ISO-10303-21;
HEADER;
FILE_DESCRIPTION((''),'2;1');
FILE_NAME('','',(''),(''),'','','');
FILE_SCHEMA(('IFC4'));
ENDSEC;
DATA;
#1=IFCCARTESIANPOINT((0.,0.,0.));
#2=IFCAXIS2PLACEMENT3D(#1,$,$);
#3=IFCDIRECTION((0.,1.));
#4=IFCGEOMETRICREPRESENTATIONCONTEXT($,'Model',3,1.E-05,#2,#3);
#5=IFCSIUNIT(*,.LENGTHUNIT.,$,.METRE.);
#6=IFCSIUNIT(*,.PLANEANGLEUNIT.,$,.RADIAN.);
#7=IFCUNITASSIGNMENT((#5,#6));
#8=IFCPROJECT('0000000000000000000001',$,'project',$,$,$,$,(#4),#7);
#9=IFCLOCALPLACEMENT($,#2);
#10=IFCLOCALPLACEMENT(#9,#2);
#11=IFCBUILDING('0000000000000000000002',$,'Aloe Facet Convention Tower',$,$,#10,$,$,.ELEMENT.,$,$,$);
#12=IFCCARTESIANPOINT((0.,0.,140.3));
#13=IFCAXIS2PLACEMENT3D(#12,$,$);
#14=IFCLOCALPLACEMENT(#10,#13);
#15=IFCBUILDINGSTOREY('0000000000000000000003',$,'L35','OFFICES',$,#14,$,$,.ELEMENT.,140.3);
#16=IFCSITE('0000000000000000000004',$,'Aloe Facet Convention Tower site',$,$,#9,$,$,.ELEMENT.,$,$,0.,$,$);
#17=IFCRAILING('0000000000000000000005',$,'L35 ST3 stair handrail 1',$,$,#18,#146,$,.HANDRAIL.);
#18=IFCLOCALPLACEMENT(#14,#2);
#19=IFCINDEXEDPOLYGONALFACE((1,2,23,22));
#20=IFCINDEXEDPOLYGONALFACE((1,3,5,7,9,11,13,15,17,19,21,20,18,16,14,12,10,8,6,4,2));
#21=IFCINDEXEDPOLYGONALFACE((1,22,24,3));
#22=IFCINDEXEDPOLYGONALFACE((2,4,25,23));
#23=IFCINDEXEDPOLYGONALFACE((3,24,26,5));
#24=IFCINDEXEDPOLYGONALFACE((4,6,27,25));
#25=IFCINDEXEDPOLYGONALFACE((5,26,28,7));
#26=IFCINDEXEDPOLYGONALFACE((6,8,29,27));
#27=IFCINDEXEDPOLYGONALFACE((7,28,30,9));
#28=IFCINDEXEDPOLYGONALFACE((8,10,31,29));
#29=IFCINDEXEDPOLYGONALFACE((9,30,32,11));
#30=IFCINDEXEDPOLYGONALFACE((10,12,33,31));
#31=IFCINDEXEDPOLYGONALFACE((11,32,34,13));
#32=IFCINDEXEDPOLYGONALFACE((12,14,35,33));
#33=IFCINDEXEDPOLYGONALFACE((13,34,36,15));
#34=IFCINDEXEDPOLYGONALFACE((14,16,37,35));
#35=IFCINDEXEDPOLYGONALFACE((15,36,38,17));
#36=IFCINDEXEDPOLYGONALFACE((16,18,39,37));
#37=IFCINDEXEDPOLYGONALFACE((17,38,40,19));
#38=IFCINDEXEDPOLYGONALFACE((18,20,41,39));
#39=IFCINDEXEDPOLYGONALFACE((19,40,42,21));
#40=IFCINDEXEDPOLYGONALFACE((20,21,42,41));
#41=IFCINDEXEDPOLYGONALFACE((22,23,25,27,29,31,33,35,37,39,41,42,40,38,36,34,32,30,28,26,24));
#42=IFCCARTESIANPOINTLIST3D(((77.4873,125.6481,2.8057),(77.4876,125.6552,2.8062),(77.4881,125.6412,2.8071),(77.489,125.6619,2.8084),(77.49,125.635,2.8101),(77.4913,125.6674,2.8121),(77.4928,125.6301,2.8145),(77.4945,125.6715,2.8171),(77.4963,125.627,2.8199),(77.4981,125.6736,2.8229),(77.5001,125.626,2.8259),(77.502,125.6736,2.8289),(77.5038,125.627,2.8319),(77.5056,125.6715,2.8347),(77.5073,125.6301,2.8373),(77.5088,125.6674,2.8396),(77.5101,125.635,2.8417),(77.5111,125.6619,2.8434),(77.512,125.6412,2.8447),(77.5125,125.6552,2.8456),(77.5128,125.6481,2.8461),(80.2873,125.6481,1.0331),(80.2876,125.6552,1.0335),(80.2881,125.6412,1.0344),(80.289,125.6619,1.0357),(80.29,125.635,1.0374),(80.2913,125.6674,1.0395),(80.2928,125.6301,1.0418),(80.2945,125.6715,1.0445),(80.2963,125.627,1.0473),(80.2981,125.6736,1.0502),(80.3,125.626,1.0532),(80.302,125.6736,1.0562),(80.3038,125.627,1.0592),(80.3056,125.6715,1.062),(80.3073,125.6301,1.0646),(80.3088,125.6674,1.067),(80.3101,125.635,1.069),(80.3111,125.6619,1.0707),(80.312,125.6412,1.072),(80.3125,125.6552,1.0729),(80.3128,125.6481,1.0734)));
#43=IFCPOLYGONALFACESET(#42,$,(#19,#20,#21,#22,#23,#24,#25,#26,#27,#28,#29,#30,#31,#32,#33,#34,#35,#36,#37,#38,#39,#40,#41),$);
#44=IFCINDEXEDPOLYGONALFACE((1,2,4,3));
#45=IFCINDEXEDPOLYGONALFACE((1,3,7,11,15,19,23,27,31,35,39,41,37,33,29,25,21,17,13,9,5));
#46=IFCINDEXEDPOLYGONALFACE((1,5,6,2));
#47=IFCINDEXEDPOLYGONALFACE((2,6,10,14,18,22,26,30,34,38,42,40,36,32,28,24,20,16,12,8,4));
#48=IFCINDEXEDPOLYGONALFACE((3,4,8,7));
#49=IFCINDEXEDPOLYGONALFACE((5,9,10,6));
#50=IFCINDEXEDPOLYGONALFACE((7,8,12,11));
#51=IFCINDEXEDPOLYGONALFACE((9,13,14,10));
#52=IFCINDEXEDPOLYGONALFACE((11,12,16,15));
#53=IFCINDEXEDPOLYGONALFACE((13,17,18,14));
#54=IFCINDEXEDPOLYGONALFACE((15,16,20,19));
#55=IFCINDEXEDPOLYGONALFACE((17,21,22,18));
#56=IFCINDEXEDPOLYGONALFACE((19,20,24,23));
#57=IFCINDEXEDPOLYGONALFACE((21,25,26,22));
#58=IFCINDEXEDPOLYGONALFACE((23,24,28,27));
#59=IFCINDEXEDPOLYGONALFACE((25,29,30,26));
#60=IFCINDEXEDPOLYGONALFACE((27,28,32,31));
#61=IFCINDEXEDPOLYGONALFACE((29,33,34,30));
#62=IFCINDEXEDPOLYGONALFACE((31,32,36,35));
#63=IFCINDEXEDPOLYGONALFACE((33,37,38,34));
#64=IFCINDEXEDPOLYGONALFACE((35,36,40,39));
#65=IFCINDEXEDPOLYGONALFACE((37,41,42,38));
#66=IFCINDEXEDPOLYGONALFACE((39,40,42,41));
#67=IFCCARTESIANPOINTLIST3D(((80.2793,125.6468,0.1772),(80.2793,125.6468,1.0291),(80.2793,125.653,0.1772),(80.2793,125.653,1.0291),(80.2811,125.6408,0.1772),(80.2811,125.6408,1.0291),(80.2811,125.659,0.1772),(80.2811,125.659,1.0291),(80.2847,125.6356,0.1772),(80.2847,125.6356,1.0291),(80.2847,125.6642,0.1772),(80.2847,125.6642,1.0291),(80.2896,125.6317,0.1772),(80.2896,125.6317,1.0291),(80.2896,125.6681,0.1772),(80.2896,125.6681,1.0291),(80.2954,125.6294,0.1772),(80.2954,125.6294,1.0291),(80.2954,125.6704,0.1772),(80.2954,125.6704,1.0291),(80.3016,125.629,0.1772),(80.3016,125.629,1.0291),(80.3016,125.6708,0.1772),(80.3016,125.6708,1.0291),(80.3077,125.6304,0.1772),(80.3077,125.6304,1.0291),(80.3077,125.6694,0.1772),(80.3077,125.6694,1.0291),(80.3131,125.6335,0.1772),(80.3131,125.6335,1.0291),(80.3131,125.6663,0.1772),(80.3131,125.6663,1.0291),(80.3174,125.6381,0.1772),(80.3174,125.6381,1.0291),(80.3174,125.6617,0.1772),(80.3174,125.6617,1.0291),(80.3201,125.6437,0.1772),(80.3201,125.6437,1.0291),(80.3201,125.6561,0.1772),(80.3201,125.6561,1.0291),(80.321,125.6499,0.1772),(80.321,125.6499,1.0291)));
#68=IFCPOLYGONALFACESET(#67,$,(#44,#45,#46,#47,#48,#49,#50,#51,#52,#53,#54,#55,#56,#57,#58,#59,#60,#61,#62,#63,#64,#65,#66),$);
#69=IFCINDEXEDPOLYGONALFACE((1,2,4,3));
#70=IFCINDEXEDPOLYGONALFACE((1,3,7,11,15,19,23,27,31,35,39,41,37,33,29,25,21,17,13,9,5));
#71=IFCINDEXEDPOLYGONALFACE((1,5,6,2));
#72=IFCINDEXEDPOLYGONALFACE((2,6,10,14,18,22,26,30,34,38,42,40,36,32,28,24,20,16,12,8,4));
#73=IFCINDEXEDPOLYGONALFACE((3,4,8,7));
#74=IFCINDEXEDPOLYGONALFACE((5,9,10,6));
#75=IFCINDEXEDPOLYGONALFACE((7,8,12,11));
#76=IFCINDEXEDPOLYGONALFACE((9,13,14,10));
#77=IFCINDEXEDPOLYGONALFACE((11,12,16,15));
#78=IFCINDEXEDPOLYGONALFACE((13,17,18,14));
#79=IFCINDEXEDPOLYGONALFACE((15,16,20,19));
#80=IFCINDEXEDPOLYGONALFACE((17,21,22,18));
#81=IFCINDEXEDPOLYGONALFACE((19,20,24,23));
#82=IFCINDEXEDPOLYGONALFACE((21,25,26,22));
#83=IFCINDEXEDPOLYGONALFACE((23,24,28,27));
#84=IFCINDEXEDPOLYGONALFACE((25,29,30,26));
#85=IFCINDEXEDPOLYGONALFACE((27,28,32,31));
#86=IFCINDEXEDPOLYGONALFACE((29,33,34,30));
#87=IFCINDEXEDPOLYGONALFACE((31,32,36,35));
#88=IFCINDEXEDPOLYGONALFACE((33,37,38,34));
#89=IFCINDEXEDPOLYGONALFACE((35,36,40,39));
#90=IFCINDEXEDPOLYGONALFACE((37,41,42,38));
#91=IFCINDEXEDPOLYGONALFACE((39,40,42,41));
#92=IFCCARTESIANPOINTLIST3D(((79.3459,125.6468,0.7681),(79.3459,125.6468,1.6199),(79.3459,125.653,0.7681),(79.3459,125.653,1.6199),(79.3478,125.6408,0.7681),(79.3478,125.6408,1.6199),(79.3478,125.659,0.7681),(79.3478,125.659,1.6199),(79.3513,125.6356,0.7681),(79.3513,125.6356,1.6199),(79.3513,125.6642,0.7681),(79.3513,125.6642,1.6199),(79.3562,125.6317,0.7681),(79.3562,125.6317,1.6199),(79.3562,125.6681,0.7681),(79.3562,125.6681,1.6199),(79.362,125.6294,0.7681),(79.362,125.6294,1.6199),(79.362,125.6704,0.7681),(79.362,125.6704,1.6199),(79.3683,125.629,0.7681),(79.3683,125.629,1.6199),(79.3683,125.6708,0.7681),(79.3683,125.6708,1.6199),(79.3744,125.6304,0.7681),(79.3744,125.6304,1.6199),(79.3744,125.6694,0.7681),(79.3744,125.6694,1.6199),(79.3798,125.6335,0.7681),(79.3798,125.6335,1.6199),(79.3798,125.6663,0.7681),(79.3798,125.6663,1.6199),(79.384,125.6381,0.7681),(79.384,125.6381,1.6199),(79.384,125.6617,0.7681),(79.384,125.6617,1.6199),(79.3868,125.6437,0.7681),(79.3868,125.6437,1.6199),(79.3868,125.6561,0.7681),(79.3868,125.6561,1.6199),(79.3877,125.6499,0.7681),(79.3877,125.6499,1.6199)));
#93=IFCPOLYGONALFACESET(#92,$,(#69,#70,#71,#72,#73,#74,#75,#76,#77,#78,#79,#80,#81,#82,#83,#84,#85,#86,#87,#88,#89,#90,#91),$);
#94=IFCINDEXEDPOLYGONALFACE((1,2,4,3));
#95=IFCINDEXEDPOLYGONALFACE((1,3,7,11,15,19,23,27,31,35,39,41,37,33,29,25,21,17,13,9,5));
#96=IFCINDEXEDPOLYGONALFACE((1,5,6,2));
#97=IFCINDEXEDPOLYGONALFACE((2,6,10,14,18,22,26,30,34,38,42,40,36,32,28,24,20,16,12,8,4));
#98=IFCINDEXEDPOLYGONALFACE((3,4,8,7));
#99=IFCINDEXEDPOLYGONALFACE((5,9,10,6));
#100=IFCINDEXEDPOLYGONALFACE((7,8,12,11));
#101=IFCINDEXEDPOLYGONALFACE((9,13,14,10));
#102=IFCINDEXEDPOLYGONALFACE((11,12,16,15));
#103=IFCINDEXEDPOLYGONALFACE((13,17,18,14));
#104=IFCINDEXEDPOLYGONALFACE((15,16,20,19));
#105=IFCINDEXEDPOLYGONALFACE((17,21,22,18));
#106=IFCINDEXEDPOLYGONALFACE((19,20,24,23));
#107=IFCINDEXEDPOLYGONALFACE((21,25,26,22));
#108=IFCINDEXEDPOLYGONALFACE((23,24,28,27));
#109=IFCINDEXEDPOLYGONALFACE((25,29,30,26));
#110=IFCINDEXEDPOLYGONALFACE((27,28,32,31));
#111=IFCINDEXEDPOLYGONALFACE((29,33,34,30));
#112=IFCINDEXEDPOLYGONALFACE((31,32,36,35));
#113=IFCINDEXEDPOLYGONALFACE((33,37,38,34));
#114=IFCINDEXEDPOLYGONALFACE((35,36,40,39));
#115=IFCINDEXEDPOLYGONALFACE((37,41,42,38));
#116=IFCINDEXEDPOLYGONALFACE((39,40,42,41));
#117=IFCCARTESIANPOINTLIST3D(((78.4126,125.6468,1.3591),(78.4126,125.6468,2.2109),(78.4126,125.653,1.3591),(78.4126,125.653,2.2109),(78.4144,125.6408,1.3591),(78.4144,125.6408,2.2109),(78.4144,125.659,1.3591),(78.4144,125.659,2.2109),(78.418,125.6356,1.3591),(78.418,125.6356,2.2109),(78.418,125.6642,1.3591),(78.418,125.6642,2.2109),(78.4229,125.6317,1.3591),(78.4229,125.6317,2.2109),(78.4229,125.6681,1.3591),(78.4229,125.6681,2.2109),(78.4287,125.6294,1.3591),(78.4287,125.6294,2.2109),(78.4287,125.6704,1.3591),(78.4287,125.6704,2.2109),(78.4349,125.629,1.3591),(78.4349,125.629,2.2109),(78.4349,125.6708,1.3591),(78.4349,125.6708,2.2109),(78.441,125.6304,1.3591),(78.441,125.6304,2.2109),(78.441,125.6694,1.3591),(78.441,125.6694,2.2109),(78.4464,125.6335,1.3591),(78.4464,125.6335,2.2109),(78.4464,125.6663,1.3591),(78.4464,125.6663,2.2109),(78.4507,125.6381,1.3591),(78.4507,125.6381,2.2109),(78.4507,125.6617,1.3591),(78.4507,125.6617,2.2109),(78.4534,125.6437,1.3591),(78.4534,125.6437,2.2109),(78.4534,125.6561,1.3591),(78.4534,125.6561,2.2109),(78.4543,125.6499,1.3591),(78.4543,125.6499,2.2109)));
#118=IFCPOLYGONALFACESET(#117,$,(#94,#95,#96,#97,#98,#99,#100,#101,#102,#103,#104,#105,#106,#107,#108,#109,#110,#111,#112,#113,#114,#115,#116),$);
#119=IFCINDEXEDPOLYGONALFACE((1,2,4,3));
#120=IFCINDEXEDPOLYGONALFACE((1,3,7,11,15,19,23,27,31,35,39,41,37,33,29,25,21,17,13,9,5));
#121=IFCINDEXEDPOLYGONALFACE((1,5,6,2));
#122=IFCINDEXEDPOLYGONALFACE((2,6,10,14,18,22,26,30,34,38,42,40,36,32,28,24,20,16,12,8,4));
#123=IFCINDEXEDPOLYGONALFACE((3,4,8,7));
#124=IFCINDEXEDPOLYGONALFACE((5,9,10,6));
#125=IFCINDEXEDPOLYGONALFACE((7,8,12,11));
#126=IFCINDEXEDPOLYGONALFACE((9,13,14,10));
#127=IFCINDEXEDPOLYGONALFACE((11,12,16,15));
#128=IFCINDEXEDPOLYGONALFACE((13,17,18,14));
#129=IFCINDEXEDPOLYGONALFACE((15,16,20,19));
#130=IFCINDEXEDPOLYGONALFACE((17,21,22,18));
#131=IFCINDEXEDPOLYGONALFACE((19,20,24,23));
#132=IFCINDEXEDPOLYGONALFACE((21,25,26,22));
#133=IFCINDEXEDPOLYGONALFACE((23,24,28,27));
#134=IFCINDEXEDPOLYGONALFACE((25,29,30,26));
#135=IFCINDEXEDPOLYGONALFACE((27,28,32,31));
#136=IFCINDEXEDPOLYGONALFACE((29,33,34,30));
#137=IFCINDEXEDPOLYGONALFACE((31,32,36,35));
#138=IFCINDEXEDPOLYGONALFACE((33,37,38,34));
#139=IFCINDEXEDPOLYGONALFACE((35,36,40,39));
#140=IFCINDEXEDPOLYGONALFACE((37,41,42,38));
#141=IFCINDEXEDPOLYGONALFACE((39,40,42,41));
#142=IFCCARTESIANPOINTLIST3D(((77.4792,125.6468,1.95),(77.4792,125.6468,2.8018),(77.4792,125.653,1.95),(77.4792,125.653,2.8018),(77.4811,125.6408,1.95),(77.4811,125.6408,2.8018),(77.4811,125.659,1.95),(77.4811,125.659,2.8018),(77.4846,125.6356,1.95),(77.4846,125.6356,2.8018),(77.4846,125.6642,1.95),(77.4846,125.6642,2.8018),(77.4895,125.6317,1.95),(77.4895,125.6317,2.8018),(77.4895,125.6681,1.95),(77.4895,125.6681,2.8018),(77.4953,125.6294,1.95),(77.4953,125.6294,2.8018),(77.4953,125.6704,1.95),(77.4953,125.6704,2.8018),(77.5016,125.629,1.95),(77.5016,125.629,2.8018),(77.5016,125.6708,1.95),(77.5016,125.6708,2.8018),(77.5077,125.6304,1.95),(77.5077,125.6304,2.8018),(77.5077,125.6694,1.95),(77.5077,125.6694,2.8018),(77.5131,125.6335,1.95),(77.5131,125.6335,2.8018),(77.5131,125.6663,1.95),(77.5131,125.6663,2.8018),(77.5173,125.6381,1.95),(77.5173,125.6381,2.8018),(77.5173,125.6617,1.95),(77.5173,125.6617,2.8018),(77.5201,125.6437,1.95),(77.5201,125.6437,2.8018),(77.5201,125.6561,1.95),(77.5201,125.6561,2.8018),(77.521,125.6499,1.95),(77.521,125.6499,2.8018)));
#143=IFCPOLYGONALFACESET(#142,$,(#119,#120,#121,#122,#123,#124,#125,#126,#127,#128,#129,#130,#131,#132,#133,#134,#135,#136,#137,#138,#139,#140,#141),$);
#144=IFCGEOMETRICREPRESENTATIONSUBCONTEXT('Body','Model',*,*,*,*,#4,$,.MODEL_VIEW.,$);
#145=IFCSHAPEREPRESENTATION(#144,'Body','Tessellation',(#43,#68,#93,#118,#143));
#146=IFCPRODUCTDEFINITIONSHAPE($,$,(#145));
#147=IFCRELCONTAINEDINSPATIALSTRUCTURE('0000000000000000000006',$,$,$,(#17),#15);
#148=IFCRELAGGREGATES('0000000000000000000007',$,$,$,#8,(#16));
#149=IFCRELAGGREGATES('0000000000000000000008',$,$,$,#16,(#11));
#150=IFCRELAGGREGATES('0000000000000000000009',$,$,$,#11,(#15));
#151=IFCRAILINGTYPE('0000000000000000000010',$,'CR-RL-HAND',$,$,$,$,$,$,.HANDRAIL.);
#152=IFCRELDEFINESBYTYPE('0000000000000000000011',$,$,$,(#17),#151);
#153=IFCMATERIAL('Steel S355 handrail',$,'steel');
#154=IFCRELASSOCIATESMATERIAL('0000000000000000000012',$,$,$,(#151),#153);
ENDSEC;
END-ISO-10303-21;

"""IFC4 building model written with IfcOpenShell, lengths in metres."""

from ifc_helpers import new_model, si_unit, direction, frame, origin, origin_2d, place, context, subcontext, project, spatial, circle, extrude, material, type_object, element, save


model = new_model("IFC4")

# Units and contexts
model_context = context("Model", 3, precision=1e-05, world=origin(), true_north=direction((0.0, 1.0)))
body_context = subcontext(model_context, "Body", "Model", "MODEL_VIEW")
ifc_project = project(units=[si_unit("LENGTHUNIT", "METRE"), si_unit("PLANEANGLEUNIT", "RADIAN")], contexts=[model_context])

# Site, building, storey
site_placement = place(None, origin())
site = spatial("IfcSite", under=ifc_project, at=site_placement, Name="Aloe Facet Convention Tower site", CompositionType="ELEMENT", RefElevation=0.0)
building_placement = place(site_placement, origin())
building = spatial("IfcBuilding", under=site, at=building_placement, Name="Aloe Facet Convention Tower", CompositionType="ELEMENT")
storey_placement = place(building_placement, frame((0.0, 0.0, 140.3)))
storey = spatial("IfcBuildingStorey", under=building, at=storey_placement, Name="L35", Description="OFFICES", CompositionType="ELEMENT", Elevation=140.3)

# Railing
ifc_material_1 = material(Name="Steel S355 handrail", Category="steel")
railing_type_1 = type_object("IfcRailingType", Name="CR-RL-HAND", PredefinedType="HANDRAIL", material=ifc_material_1)
railing_1_placement = place(storey_placement, frame((80.3, 125.6499, 0.1772)))
element("IfcRailing", 1, at=railing_1_placement, inside=storey, type_object=railing_type_1, Name="L35 ST3 stair handrail 1", PredefinedType="HANDRAIL", context=body_context, shape_type="SweptSolid", body=[
    extrude(circle(Radius=0.0239, at=origin_2d()), frame((0.0, 0.0, 0.876), z_axis=(-0.844909, 0.0, 0.53491), x_axis=(0.0, -1.0, 0.0)), (0.0, 0.0, 1.0), 3.314),
    extrude(circle(Radius=0.021, at=origin_2d()), origin(), (0.0, 0.0, 1.0), 0.8518),
    extrude(circle(Radius=0.021, at=origin_2d()), frame((-0.9333, 0.0, 0.5908)), (0.0, 0.0, 1.0), 0.8518),
    extrude(circle(Radius=0.021, at=origin_2d()), frame((-1.8667, 0.0, 1.1819)), (0.0, 0.0, 1.0), 0.8518),
    extrude(circle(Radius=0.021, at=origin_2d()), frame((-2.8, 0.0, 1.7727)), (0.0, 0.0, 1.0), 0.8518),
])

save(model, "model.ifc")
